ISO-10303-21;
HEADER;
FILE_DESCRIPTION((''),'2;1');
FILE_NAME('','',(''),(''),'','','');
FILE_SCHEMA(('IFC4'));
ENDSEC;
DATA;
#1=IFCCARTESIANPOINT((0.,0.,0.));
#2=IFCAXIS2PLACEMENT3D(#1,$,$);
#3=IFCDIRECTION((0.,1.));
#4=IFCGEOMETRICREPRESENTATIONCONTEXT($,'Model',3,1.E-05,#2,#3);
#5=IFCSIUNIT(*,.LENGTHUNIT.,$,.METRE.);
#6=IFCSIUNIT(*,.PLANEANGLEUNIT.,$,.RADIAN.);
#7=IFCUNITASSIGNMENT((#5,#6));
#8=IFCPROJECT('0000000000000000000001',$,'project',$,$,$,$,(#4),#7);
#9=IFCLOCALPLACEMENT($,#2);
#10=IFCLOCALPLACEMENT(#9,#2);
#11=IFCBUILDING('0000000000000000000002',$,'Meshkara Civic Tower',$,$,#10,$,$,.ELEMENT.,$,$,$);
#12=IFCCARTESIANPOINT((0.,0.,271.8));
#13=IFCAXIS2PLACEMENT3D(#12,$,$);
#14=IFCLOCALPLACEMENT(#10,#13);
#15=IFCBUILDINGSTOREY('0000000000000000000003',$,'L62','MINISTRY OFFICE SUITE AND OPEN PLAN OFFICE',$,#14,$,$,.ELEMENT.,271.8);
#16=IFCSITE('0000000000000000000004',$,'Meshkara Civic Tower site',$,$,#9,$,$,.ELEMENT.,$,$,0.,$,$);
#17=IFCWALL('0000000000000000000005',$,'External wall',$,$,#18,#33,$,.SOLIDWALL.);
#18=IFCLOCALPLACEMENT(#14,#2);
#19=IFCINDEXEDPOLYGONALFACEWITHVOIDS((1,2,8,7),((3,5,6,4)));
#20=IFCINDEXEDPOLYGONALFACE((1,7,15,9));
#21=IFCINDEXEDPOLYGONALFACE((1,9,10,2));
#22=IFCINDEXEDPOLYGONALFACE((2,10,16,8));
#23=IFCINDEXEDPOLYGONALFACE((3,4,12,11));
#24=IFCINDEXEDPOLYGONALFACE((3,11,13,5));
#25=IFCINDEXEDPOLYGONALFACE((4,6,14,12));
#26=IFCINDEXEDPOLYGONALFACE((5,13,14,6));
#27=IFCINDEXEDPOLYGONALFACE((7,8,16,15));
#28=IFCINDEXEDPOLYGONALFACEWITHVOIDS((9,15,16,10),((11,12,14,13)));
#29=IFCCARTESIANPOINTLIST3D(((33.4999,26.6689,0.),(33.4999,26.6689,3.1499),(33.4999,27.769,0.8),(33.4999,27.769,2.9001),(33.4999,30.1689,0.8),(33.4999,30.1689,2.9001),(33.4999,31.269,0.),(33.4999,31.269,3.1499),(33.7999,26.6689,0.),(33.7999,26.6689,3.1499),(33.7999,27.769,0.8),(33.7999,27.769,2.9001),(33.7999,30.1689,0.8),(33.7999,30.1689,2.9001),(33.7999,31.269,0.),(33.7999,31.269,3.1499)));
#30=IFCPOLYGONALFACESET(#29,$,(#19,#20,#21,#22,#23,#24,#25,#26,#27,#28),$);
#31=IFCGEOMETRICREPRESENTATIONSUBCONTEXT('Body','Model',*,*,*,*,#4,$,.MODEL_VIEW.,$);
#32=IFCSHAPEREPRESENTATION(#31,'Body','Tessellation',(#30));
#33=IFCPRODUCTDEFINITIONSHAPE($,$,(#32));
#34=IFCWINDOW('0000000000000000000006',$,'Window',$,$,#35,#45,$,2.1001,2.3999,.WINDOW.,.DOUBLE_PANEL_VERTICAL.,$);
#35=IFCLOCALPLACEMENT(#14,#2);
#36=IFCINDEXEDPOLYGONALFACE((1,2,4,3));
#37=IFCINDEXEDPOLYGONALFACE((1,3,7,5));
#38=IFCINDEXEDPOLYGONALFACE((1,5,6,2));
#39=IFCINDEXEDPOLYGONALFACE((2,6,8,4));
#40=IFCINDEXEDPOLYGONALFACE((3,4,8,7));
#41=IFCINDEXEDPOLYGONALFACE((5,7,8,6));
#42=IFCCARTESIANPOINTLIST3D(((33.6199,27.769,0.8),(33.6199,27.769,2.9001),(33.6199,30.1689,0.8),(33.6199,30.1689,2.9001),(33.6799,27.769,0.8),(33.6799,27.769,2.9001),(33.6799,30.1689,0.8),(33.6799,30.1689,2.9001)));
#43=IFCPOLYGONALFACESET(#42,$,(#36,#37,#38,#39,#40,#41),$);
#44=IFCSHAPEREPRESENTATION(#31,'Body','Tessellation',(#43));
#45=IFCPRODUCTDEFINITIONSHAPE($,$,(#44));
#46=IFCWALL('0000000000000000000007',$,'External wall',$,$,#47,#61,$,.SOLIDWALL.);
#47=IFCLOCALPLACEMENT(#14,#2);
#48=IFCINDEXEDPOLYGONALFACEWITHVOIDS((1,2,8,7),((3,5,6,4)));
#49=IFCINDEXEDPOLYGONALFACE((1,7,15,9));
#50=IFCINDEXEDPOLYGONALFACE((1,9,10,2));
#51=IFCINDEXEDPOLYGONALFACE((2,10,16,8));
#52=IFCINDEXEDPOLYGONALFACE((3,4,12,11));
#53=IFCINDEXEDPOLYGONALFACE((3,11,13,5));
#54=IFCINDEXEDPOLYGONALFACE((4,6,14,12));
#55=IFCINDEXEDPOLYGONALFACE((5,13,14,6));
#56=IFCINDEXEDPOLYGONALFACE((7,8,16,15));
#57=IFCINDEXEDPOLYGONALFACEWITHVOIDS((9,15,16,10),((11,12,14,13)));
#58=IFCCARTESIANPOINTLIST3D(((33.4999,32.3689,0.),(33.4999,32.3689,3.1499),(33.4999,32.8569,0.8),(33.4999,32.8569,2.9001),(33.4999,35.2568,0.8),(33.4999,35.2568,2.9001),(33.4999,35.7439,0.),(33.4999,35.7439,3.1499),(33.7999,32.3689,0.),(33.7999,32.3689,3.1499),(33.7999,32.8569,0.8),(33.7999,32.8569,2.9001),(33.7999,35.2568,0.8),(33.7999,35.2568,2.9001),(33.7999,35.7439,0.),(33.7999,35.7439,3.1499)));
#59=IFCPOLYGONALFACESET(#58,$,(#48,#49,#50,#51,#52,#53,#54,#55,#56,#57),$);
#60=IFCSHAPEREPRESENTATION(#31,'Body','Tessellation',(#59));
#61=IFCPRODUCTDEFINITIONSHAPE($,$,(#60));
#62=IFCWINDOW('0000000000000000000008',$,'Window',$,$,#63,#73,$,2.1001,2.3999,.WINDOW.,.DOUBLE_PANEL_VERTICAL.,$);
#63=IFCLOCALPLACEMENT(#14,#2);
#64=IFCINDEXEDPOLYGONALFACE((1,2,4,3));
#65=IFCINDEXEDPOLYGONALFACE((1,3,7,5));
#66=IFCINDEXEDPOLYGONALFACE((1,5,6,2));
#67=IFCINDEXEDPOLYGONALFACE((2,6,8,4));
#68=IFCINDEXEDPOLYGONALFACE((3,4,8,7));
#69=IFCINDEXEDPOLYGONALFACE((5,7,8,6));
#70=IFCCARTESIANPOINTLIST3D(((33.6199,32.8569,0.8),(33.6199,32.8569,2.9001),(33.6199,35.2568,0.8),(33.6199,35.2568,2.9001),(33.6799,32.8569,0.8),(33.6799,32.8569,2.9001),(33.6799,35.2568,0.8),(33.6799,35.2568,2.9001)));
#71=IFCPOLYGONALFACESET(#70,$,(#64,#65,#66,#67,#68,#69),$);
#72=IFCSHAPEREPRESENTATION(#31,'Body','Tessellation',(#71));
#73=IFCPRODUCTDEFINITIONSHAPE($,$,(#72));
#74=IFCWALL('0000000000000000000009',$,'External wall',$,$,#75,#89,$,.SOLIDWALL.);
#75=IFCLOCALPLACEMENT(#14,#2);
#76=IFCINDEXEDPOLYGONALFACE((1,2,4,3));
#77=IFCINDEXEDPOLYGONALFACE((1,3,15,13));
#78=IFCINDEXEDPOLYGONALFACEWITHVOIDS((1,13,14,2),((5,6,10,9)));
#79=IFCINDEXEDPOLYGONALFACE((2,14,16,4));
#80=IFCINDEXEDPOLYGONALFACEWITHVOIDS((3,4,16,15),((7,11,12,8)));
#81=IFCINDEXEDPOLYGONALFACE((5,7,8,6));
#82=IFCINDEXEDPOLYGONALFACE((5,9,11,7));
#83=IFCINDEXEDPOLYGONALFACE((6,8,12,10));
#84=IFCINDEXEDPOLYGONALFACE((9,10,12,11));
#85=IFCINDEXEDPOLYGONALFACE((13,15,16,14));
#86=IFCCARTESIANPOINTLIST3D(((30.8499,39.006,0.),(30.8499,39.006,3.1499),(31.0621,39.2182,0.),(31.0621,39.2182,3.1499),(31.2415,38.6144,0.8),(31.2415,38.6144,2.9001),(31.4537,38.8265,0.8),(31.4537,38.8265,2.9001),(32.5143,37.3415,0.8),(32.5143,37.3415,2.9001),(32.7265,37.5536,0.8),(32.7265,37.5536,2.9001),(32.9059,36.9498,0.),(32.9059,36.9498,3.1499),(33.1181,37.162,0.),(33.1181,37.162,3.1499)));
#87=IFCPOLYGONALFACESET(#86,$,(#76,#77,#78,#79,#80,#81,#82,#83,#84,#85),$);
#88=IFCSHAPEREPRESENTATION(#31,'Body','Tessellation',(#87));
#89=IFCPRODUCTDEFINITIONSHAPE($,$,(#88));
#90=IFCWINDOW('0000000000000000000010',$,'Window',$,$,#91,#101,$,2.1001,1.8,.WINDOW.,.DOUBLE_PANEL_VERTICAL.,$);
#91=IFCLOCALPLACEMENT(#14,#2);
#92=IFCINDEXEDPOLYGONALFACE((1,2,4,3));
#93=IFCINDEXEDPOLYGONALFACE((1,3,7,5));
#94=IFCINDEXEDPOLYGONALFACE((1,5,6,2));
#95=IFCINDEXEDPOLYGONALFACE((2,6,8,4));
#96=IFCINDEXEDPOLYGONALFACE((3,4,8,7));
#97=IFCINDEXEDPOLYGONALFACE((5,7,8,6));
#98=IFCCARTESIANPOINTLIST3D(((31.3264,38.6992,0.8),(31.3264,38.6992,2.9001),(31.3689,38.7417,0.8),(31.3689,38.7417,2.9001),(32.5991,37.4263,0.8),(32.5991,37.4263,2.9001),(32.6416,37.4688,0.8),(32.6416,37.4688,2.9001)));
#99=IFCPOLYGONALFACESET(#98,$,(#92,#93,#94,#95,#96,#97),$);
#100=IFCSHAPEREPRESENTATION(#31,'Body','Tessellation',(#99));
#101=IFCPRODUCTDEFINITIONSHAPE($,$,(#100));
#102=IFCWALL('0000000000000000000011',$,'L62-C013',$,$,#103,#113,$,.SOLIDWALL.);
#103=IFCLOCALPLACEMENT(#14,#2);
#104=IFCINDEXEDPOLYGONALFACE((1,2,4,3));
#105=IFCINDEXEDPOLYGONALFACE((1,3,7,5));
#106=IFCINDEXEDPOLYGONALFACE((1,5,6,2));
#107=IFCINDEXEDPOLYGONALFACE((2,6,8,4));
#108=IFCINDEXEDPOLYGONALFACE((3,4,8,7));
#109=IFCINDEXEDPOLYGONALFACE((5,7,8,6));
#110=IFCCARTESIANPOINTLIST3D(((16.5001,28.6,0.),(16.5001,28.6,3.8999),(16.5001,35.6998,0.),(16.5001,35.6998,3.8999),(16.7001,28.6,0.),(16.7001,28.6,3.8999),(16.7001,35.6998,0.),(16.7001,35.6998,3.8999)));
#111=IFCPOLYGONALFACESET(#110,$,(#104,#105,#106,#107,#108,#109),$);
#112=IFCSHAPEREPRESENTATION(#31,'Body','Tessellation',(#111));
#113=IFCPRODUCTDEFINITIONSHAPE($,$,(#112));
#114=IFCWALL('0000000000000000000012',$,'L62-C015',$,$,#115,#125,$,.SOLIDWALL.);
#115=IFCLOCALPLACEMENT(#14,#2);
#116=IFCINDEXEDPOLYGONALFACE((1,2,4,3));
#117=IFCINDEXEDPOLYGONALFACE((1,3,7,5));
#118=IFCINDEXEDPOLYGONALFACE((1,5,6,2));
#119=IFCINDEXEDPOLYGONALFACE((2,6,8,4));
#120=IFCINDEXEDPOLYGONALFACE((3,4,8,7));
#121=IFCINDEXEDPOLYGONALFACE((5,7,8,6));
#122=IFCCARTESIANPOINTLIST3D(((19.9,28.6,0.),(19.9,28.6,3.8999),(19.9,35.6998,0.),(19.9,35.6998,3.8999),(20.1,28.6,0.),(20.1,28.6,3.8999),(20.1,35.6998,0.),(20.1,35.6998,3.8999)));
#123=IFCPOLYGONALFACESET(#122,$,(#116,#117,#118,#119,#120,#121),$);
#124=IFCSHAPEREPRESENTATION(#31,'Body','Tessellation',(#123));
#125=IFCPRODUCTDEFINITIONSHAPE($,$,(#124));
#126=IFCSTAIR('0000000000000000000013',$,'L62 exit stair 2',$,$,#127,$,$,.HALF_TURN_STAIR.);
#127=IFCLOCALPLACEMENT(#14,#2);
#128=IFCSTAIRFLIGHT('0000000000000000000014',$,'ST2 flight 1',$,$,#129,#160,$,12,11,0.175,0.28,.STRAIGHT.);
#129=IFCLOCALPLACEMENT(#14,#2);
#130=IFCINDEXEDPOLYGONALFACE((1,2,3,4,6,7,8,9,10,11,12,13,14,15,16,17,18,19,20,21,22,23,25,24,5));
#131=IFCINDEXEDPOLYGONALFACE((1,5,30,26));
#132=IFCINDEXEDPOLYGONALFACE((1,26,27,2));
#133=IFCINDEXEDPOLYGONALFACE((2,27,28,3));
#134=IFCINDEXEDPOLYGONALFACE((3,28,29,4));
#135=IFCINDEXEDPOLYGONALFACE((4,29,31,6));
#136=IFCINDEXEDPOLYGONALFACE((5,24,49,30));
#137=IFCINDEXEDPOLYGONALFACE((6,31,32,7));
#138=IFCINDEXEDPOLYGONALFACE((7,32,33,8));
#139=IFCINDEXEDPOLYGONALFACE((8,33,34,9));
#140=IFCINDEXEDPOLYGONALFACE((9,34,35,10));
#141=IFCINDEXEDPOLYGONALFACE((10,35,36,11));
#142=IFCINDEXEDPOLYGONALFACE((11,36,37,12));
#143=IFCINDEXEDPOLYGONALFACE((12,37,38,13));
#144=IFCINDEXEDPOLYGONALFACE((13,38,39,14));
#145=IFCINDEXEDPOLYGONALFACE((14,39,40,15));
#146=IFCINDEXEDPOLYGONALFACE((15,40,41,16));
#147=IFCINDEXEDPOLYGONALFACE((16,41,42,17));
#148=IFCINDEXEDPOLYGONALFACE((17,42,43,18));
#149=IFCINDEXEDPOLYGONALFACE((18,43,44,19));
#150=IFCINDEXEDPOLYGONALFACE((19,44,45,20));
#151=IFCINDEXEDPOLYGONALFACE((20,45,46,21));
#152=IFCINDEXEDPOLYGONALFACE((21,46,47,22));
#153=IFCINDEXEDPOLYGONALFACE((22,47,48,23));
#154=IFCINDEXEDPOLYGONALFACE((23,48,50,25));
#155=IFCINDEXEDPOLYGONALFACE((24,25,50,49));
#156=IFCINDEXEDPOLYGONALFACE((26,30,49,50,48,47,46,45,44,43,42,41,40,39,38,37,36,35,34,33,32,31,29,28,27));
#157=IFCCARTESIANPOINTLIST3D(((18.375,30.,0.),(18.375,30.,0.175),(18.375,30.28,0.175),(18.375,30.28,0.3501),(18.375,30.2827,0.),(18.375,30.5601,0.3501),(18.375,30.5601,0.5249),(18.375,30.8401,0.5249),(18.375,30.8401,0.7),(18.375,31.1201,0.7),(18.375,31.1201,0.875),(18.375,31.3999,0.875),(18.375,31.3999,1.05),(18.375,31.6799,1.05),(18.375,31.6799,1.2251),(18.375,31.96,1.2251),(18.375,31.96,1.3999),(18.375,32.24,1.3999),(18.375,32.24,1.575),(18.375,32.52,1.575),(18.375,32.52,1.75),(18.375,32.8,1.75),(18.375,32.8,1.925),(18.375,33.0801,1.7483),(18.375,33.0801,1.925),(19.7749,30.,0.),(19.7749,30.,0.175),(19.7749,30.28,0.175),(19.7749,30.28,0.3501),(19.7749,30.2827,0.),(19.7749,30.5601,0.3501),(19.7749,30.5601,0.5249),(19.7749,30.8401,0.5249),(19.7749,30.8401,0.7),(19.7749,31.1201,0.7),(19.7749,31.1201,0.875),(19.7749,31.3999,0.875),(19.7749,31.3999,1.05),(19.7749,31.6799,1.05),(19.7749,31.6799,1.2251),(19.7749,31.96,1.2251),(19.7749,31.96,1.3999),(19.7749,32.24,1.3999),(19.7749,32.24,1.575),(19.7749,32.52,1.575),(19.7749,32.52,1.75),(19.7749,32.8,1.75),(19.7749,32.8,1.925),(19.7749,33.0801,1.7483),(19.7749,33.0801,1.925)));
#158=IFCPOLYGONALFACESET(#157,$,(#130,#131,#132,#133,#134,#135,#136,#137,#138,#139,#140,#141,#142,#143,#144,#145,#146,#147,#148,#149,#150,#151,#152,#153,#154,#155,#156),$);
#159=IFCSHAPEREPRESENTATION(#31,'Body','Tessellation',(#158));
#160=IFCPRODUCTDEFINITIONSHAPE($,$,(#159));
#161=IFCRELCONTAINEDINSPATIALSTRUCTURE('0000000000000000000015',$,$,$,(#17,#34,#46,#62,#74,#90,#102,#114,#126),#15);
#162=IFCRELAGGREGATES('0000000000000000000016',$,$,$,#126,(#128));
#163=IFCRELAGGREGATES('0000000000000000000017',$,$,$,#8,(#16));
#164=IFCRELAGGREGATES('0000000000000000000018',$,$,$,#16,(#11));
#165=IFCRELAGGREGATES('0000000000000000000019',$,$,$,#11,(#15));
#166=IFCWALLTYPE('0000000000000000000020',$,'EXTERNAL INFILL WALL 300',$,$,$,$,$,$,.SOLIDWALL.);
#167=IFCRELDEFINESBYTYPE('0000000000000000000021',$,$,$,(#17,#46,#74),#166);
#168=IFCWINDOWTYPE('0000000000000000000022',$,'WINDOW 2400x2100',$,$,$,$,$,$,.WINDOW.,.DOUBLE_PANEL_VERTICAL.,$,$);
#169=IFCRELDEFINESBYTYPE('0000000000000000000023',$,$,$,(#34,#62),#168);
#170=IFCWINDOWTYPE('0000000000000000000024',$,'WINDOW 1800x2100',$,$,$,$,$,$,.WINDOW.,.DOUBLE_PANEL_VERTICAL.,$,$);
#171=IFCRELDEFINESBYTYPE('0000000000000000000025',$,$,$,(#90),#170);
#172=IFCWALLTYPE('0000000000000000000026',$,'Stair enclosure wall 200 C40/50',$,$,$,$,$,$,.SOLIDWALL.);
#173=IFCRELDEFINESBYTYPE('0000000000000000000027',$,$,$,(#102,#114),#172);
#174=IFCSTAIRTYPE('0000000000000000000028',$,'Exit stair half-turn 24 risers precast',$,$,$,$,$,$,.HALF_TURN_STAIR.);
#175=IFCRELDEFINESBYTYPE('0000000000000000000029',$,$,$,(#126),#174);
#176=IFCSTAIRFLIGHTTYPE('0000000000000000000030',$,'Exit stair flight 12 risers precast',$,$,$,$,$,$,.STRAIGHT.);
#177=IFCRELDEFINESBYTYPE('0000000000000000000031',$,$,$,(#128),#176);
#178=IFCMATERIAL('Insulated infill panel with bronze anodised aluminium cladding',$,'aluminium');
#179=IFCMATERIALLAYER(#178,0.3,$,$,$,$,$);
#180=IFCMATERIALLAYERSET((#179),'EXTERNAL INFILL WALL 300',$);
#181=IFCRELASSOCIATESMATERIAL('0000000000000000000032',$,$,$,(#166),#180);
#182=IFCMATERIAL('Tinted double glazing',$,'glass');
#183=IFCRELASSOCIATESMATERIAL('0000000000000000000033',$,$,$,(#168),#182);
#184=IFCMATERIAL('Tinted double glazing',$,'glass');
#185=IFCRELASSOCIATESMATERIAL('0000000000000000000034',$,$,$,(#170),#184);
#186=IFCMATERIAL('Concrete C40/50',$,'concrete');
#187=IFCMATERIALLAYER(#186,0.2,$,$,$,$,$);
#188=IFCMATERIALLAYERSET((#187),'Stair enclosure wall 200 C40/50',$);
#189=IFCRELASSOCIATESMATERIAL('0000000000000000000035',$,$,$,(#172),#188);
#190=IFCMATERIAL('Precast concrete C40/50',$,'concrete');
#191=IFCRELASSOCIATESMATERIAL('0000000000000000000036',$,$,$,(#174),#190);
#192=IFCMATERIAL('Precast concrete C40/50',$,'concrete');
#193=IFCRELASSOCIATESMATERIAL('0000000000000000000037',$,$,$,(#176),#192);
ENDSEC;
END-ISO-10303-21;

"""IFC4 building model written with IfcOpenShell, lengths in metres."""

from ifc_helpers import new_model, si_unit, direction, frame, frame_2d, origin, place, context, subcontext, project, spatial, polyline, rectangle, outline, extrude, material, layer, layer_set, type_object, element, fill, aggregate, save


model = new_model("IFC4")

# Units and contexts
model_context = context("Model", 3, precision=1e-05, world=origin(), true_north=direction((0.0, 1.0)))
body_context = subcontext(model_context, "Body", "Model", "MODEL_VIEW")
ifc_project = project(units=[si_unit("LENGTHUNIT", "METRE"), si_unit("PLANEANGLEUNIT", "RADIAN")], contexts=[model_context])

# Site, building, storey
site_placement = place(None, origin())
site = spatial("IfcSite", under=ifc_project, at=site_placement, Name="Meshkara Civic Tower site", CompositionType="ELEMENT", RefElevation=0.0)
building_placement = place(site_placement, origin())
building = spatial("IfcBuilding", under=site, at=building_placement, Name="Meshkara Civic Tower", CompositionType="ELEMENT")
storey_placement = place(building_placement, frame((0.0, 0.0, 271.8)))
storey = spatial("IfcBuildingStorey", under=building, at=storey_placement, Name="L62", Description="MINISTRY OFFICE SUITE AND OPEN PLAN OFFICE", CompositionType="ELEMENT", Elevation=271.8)

# Walls, openings, windows
ifc_material_1 = material(Name="Insulated infill panel with bronze anodised aluminium cladding", Category="aluminium")
ifc_layer_1 = layer(ifc_material_1, 0.3)
ifc_layer_set_1 = layer_set([ifc_layer_1], Name="EXTERNAL INFILL WALL 300")
wall_type_1 = type_object("IfcWallType", Name="EXTERNAL INFILL WALL 300", PredefinedType="SOLIDWALL", material=ifc_layer_set_1)
wall_1_placement = place(storey_placement, frame((33.6499, 26.6689, 0.0), z_axis=(0.0, 0.0, 1.0), x_axis=(0.0, 1.0, 0.0)))
wall_1 = element("IfcWall", 1, at=wall_1_placement, inside=storey, type_object=wall_type_1, Name="External wall", PredefinedType="SOLIDWALL", context=body_context, shape_type="SweptSolid", body=[
    extrude(rectangle(XDim=4.6001, YDim=0.3, at=frame_2d((2.3, 0.0))), origin(), (0.0, 0.0, 1.0), 3.1499),
])
opening_1_placement = place(wall_1_placement, frame((1.1001, 0.0, 0.8)))
opening_1 = element("IfcOpeningElement", 2, at=opening_1_placement, cuts=wall_1, PredefinedType="OPENING", context=body_context, shape_type="SweptSolid", body=[
    extrude(rectangle(XDim=2.3999, YDim=2.1001, at=frame_2d((1.2, 1.05))), frame((0.0, 0.1599, 0.0), z_axis=(0.0, -1.0, 0.0), x_axis=(1.0, 0.0, 0.0)), (0.0, 0.0, 1.0), 0.3201),
])
ifc_material_2 = material(Name="Tinted double glazing", Category="glass")
window_type_1 = type_object("IfcWindowType", Name="WINDOW 2400x2100", PartitioningType="DOUBLE_PANEL_VERTICAL", PredefinedType="WINDOW", material=ifc_material_2)
window_1_placement = place(opening_1_placement, origin())
window_1 = element("IfcWindow", 3, at=window_1_placement, inside=storey, type_object=window_type_1, Name="Window", OverallHeight=2.1001, OverallWidth=2.3999, PartitioningType="DOUBLE_PANEL_VERTICAL", PredefinedType="WINDOW", context=body_context, shape_type="SweptSolid", body=[
    extrude(rectangle(XDim=2.3999, YDim=2.1001, at=frame_2d((1.2, 1.05))), frame((0.0, 0.03, 0.0), z_axis=(0.0, -1.0, 0.0), x_axis=(1.0, 0.0, 0.0)), (0.0, 0.0, 1.0), 0.0601),
])
fill(opening_1, window_1)
wall_2_placement = place(storey_placement, frame((33.6499, 32.3689, 0.0), z_axis=(0.0, 0.0, 1.0), x_axis=(0.0, 1.0, 0.0)))
wall_2 = element("IfcWall", 4, at=wall_2_placement, inside=storey, type_object=wall_type_1, Name="External wall", PredefinedType="SOLIDWALL", context=body_context, shape_type="SweptSolid", body=[
    extrude(rectangle(XDim=3.375, YDim=0.3, at=frame_2d((1.6875, 0.0))), origin(), (0.0, 0.0, 1.0), 3.1499),
])
opening_2_placement = place(wall_2_placement, frame((0.488, 0.0, 0.8)))
opening_2 = element("IfcOpeningElement", 5, at=opening_2_placement, cuts=wall_2, PredefinedType="OPENING", context=body_context, shape_type="SweptSolid", body=[
    extrude(rectangle(XDim=2.3999, YDim=2.1001, at=frame_2d((1.2, 1.05))), frame((0.0, 0.1599, 0.0), z_axis=(0.0, -1.0, 0.0), x_axis=(1.0, 0.0, 0.0)), (0.0, 0.0, 1.0), 0.3201),
])
window_2_placement = place(opening_2_placement, origin())
window_2 = element("IfcWindow", 6, at=window_2_placement, inside=storey, type_object=window_type_1, Name="Window", OverallHeight=2.1001, OverallWidth=2.3999, PartitioningType="DOUBLE_PANEL_VERTICAL", PredefinedType="WINDOW", context=body_context, shape_type="SweptSolid", body=[
    extrude(rectangle(XDim=2.3999, YDim=2.1001, at=frame_2d((1.2, 1.05))), frame((0.0, 0.03, 0.0), z_axis=(0.0, -1.0, 0.0), x_axis=(1.0, 0.0, 0.0)), (0.0, 0.0, 1.0), 0.0601),
])
fill(opening_2, window_2)
wall_3_placement = place(storey_placement, frame((33.012, 37.0559, 0.0), z_axis=(0.0, 0.0, 1.0), x_axis=(-0.707065, 0.707149, 0.0)))
wall_3 = element("IfcWall", 7, at=wall_3_placement, inside=storey, type_object=wall_type_1, Name="External wall", PredefinedType="SOLIDWALL", context=body_context, shape_type="SweptSolid", body=[
    extrude(rectangle(XDim=2.9077, YDim=0.3, at=frame_2d((1.4539, 0.0))), origin(), (0.0, 0.0, 1.0), 3.1499),
])
opening_3_placement = place(wall_3_placement, frame((0.554, 0.0, 0.8)))
opening_3 = element("IfcOpeningElement", 8, at=opening_3_placement, cuts=wall_3, PredefinedType="OPENING", context=body_context, shape_type="SweptSolid", body=[
    extrude(rectangle(XDim=1.8, YDim=2.1001, at=frame_2d((0.8999, 1.05))), frame((0.0, 0.1599, 0.0), z_axis=(0.0, -1.0, 0.0), x_axis=(1.0, 0.0, 0.0)), (0.0, 0.0, 1.0), 0.3201),
])
ifc_material_3 = material(Name="Tinted double glazing", Category="glass")
window_type_2 = type_object("IfcWindowType", Name="WINDOW 1800x2100", PartitioningType="DOUBLE_PANEL_VERTICAL", PredefinedType="WINDOW", material=ifc_material_3)
window_3_placement = place(opening_3_placement, origin())
window_3 = element("IfcWindow", 9, at=window_3_placement, inside=storey, type_object=window_type_2, Name="Window", OverallHeight=2.1001, OverallWidth=1.8, PartitioningType="DOUBLE_PANEL_VERTICAL", PredefinedType="WINDOW", context=body_context, shape_type="SweptSolid", body=[
    extrude(rectangle(XDim=1.8, YDim=2.1001, at=frame_2d((0.8999, 1.05))), frame((0.0, 0.03, 0.0), z_axis=(0.0, -1.0, 0.0), x_axis=(1.0, 0.0, 0.0)), (0.0, 0.0, 1.0), 0.0601),
])
fill(opening_3, window_3)

# Walls
ifc_material_4 = material(Name="Concrete C40/50", Category="concrete")
ifc_layer_2 = layer(ifc_material_4, 0.2)
ifc_layer_set_2 = layer_set([ifc_layer_2], Name="Stair enclosure wall 200 C40/50")
wall_type_2 = type_object("IfcWallType", Name="Stair enclosure wall 200 C40/50", PredefinedType="SOLIDWALL", material=ifc_layer_set_2)
for number, where, z_axis, x_axis, name in (
    (10, (16.6001, 28.6001, 0.0), (0.0, 0.0, 1.0), (0.0, 1.0, 0.0), "L62-C013"),
    (11, (20.0, 28.6001, 0.0), (0.0, 0.0, 1.0), (0.0, 1.0, 0.0), "L62-C015"),
):
    element("IfcWall", number, at=place(storey_placement, frame(where, z_axis=z_axis, x_axis=x_axis)), inside=storey, type_object=wall_type_2, Name=name, PredefinedType="SOLIDWALL", context=body_context, shape_type="SweptSolid", body=[
        extrude(rectangle(XDim=7.0999, YDim=0.2, at=frame_2d((3.5498, 0.0))), origin(), (0.0, 0.0, 1.0), 3.8999),
    ])

# Stair, stair flight
ifc_material_5 = material(Name="Precast concrete C40/50", Category="concrete")
stair_type = type_object("IfcStairType", Name="Exit stair half-turn 24 risers precast", PredefinedType="HALF_TURN_STAIR", material=ifc_material_5)
stair_placement = place(storey_placement, origin())
stair = element("IfcStair", 12, at=stair_placement, inside=storey, type_object=stair_type, Name="L62 exit stair 2", PredefinedType="HALF_TURN_STAIR")
ifc_material_6 = material(Name="Precast concrete C40/50", Category="concrete")
stair_flight_type = type_object("IfcStairFlightType", Name="Exit stair flight 12 risers precast", PredefinedType="STRAIGHT", material=ifc_material_6)
stair_flight_1_placement = place(storey_placement, frame((19.075, 30.0, 0.0), z_axis=(0.0, 0.0, 1.0), x_axis=(0.0, 1.0, 0.0)))
stair_flight_1 = element("IfcStairFlight", 13, at=stair_flight_1_placement, type_object=stair_flight_type, Name="ST2 flight 1", NumberOfRisers=12, NumberOfTreads=11, PredefinedType="STRAIGHT", RiserHeight=0.175, TreadLength=0.28, context=body_context, shape_type="SweptSolid", body=[
    extrude(outline(polyline([(0.0, 0.0), (0.0, 0.175), (0.28, 0.175), (0.28, 0.3501), (0.5601, 0.3501), (0.5601, 0.5249), (0.8401, 0.5249), (0.8401, 0.7), (1.1201, 0.7), (1.1201, 0.875), (1.3999, 0.875), (1.3999, 1.05), (1.6799, 1.05), (1.6799, 1.2251), (1.96, 1.2251), (1.96, 1.3999), (2.24, 1.3999), (2.24, 1.575), (2.52, 1.575), (2.52, 1.75), (2.8, 1.75), (2.8, 1.925), (3.0801, 1.925), (3.0801, 2.1001), (3.0801, 1.7483), (0.2827, 0.0), (0.0, 0.0)])), frame((0.0, 0.7, 0.0), z_axis=(0.0, -1.0, 0.0), x_axis=(1.0, 0.0, 0.0)), (0.0, 0.0, 1.0), 1.3999),
])
aggregate(stair, [stair_flight_1])

save(model, "model.ifc")
